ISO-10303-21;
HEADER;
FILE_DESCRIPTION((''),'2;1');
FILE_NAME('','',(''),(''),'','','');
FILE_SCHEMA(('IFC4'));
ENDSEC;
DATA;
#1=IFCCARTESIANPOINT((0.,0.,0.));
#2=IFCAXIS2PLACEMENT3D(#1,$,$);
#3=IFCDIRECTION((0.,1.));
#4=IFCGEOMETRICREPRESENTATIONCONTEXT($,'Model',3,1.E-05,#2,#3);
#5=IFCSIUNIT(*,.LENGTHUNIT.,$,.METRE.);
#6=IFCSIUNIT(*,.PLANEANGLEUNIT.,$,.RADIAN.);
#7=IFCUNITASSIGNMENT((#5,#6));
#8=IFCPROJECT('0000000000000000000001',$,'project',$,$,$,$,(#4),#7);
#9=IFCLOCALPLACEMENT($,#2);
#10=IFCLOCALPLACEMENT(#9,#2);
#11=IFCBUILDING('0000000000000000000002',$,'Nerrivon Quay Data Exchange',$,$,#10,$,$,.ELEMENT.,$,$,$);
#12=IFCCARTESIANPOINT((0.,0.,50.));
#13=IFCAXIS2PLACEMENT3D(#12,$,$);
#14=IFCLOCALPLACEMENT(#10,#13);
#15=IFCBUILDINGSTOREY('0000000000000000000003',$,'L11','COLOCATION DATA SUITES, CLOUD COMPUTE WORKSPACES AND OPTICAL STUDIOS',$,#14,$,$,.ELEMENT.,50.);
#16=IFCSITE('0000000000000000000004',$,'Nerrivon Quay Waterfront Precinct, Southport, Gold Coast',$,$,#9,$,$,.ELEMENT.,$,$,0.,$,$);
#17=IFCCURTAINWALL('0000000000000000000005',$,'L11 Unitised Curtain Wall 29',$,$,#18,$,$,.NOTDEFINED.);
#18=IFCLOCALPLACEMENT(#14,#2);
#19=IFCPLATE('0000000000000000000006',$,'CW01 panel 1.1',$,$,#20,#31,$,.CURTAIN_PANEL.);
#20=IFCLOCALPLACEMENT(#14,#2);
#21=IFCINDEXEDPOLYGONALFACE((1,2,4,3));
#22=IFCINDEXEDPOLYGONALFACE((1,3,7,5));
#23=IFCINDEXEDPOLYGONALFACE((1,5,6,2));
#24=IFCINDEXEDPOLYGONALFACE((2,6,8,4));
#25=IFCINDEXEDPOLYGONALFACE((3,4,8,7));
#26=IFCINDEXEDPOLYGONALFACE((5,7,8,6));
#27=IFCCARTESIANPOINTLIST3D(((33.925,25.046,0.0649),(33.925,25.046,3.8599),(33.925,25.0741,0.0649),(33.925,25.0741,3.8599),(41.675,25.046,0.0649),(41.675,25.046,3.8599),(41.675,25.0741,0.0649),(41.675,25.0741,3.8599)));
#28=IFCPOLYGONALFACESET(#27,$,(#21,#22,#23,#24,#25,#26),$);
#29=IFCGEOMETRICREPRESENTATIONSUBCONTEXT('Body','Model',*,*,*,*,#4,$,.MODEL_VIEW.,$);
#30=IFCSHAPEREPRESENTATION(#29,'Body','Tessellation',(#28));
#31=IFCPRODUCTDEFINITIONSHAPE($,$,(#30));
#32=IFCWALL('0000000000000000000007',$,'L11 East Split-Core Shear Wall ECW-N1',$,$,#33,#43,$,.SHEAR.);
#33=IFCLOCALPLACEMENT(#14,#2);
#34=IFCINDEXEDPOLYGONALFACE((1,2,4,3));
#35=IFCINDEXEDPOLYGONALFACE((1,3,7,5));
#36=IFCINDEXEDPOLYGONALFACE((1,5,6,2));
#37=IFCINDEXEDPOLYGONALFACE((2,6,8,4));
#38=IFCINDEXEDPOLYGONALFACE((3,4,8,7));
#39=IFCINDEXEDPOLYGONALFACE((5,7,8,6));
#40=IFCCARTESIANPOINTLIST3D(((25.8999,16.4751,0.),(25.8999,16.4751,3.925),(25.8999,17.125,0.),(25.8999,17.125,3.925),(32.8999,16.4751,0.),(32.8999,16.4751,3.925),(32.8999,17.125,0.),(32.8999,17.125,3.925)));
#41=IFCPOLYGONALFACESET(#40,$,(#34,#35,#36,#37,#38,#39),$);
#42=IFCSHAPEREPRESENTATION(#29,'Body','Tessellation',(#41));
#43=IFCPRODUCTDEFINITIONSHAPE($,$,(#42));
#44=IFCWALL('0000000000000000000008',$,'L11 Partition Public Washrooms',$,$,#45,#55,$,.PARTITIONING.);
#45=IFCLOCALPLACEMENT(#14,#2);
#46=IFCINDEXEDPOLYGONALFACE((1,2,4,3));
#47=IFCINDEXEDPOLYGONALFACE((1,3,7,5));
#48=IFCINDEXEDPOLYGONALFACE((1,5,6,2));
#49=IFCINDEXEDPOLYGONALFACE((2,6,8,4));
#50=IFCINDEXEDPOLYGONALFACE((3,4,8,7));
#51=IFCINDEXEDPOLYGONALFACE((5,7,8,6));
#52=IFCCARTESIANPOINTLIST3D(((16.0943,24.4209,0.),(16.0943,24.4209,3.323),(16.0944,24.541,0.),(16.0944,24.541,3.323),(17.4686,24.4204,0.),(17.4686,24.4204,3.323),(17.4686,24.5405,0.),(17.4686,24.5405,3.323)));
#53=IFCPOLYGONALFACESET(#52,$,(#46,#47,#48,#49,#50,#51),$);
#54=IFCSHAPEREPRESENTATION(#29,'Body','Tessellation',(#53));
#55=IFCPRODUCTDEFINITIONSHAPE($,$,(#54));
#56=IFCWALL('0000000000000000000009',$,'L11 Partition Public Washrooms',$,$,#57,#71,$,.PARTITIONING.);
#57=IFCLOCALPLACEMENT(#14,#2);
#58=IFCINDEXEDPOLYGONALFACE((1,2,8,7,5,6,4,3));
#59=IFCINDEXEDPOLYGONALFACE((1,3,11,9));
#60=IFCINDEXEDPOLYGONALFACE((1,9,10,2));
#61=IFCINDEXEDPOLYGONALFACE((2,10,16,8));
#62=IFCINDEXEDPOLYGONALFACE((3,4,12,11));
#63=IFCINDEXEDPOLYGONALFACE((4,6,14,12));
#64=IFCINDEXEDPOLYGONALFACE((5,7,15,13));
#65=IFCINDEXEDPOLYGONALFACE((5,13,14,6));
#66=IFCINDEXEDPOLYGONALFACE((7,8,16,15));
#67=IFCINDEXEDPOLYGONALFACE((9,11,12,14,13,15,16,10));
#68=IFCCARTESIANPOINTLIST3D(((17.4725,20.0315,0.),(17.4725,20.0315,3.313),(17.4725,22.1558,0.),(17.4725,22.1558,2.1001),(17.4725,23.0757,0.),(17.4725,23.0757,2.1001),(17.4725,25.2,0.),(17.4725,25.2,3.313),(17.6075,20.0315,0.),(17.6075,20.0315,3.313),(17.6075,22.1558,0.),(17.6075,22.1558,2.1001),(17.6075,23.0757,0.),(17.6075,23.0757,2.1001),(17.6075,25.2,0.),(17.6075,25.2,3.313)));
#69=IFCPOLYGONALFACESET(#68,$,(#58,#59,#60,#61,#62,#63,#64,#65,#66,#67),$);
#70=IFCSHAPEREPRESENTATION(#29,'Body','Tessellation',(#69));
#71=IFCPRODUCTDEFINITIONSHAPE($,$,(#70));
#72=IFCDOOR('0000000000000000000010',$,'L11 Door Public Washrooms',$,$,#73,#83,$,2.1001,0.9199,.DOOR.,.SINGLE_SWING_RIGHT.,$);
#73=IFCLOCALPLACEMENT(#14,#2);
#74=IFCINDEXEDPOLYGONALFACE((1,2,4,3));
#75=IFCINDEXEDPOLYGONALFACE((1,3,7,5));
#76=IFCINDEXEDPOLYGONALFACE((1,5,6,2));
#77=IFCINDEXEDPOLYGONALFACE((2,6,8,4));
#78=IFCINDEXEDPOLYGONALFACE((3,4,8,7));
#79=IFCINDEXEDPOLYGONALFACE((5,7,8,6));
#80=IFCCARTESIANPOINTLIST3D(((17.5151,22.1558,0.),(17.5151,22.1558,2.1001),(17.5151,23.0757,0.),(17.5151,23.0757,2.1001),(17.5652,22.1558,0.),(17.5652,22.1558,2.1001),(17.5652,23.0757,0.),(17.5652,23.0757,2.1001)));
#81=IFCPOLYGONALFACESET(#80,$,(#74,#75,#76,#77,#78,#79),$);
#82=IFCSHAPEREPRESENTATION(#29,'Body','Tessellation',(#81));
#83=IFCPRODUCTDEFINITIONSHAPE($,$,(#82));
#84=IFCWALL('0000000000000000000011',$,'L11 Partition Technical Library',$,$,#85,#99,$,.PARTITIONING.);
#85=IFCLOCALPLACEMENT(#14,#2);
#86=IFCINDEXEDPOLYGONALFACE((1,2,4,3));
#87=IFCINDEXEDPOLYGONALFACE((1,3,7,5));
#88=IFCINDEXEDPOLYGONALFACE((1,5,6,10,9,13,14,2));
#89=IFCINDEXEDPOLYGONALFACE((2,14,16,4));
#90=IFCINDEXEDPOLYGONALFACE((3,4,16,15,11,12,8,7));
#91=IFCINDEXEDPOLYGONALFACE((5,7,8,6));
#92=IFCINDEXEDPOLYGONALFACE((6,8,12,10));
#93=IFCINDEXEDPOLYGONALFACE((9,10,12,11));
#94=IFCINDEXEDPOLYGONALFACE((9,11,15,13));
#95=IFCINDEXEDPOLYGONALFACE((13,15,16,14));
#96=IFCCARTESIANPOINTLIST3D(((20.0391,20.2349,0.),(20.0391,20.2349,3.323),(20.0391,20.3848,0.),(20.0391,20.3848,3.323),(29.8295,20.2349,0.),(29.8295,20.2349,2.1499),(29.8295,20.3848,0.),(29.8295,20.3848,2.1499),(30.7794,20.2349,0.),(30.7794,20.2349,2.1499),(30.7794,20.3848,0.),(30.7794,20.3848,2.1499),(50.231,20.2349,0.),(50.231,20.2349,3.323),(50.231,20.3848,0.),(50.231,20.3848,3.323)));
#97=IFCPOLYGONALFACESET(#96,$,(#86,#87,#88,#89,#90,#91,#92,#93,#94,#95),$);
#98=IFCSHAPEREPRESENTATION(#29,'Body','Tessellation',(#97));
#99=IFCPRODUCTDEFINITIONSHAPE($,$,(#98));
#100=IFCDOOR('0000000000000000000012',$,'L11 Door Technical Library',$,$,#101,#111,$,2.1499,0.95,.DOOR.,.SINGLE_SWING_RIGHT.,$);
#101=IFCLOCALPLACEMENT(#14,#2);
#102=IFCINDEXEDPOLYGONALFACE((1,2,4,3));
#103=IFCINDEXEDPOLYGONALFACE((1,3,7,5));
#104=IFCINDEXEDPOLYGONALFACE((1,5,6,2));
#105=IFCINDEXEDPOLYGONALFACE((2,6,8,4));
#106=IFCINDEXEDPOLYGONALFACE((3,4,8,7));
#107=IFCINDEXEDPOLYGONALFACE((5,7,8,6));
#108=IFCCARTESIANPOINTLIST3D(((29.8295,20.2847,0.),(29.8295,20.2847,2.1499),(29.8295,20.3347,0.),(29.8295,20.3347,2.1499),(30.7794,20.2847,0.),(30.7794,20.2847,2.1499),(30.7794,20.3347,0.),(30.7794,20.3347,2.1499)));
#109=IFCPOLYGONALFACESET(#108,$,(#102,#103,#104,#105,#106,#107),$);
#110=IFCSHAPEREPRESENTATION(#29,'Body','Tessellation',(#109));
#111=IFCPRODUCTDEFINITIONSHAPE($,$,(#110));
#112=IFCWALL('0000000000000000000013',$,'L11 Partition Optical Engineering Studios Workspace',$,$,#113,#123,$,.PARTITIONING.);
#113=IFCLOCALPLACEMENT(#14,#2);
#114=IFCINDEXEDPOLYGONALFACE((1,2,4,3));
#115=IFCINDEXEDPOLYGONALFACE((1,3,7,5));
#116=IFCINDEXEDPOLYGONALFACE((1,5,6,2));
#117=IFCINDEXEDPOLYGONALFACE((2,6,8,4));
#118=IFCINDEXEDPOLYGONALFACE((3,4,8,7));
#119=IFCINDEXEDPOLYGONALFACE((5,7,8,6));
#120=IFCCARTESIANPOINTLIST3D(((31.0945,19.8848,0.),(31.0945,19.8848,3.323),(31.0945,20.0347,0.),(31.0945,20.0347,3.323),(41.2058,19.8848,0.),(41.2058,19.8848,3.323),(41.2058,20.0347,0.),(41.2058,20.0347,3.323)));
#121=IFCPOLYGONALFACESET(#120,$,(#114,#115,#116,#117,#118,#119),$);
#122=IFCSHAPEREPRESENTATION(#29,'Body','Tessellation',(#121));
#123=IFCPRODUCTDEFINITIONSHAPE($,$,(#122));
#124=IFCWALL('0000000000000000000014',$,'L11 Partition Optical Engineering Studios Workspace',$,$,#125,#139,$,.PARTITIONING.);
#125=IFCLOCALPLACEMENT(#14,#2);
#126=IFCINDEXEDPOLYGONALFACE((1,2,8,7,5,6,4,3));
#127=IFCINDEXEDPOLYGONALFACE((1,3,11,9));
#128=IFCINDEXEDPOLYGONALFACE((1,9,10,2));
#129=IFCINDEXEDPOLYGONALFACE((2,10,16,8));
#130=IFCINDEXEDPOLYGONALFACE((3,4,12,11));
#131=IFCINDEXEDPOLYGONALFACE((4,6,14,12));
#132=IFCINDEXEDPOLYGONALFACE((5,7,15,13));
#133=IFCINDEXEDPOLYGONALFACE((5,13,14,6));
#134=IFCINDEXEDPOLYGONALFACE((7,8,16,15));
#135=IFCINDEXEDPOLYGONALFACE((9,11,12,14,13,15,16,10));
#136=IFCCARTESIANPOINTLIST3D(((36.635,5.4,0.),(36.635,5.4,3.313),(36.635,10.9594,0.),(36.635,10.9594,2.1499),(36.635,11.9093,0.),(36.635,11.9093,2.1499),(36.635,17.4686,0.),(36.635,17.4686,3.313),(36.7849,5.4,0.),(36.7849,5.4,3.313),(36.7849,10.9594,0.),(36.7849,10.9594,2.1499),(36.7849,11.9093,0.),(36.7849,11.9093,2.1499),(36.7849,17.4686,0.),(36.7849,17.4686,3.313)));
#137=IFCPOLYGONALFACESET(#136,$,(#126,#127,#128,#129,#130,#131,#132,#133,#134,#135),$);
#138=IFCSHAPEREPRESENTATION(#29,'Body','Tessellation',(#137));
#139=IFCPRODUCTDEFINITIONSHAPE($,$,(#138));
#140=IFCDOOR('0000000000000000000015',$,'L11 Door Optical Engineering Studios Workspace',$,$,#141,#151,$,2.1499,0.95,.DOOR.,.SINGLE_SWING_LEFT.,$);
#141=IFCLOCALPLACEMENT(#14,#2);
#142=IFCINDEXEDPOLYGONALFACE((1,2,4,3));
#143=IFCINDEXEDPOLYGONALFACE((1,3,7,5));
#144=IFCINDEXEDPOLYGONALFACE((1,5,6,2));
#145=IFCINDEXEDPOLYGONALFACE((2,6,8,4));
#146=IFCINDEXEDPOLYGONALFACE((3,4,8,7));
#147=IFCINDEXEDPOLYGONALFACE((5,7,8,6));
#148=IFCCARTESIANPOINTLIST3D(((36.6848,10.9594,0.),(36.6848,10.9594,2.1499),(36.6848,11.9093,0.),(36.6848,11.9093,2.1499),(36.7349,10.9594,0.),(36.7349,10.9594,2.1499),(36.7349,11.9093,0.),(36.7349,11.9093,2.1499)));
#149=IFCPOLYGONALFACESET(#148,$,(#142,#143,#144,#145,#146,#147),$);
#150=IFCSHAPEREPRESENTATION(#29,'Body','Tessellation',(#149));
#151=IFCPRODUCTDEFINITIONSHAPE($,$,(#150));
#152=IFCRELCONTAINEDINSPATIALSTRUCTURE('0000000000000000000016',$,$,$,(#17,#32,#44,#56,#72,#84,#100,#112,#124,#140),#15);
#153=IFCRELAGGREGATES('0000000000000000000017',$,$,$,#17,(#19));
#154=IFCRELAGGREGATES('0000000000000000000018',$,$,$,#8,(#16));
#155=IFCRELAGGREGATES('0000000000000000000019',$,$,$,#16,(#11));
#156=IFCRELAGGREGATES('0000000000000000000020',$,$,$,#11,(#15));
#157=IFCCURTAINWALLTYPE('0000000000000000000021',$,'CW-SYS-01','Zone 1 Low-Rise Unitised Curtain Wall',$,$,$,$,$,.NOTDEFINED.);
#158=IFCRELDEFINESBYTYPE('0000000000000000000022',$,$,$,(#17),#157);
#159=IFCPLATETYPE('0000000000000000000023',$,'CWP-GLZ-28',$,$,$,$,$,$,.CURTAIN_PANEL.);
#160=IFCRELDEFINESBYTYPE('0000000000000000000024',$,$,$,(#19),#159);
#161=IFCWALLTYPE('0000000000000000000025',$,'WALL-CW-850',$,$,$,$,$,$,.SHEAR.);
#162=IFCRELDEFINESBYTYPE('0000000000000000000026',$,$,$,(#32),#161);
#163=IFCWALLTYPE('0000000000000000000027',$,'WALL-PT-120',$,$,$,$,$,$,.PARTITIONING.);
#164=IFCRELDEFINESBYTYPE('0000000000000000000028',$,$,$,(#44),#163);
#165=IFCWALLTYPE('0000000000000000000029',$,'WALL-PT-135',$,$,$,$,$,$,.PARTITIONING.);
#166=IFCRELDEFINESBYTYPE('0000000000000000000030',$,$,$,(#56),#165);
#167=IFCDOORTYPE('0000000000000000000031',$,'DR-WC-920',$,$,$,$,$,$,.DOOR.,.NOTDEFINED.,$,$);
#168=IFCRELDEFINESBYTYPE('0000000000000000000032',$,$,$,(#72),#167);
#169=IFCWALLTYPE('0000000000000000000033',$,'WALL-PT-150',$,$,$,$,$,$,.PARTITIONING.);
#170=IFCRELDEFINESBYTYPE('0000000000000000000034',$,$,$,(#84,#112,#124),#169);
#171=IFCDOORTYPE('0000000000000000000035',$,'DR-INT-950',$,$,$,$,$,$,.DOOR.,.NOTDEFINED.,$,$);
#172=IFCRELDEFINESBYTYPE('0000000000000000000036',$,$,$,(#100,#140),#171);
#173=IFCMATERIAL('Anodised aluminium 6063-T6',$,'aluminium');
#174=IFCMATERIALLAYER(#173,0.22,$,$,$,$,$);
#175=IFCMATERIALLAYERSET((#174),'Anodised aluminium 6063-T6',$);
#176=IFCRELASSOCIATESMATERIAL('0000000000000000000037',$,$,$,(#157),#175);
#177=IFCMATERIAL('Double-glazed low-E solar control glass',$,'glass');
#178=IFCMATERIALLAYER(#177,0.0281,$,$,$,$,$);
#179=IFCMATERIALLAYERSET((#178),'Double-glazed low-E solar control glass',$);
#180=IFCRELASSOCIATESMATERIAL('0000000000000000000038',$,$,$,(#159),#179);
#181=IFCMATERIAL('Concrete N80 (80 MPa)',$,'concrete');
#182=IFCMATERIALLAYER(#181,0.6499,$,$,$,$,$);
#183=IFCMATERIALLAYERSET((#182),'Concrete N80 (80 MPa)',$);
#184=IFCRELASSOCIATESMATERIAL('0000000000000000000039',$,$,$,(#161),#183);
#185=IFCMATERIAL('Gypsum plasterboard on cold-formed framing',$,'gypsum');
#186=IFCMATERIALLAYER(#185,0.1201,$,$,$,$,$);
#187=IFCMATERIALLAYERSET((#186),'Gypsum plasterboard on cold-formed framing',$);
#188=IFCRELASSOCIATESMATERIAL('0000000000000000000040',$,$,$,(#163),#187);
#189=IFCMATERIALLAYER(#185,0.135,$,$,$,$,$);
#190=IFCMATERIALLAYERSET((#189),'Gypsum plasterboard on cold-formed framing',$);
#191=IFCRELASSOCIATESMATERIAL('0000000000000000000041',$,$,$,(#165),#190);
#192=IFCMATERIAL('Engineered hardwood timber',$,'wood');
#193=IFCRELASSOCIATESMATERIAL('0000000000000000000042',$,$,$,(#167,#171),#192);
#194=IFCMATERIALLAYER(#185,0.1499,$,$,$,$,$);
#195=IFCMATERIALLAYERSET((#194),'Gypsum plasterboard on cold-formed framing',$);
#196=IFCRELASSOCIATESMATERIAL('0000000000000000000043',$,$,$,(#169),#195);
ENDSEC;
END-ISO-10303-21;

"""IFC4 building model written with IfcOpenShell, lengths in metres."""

from ifc_helpers import new_model, si_unit, direction, frame, frame_2d, origin, origin_2d, place, context, subcontext, project, spatial, rectangle, extrude, material, layer, layer_set, type_object, element, fill, aggregate, save


model = new_model("IFC4")

# Units and contexts
model_context = context("Model", 3, precision=1e-05, world=origin(), true_north=direction((0.0, 1.0)))
body_context = subcontext(model_context, "Body", "Model", "MODEL_VIEW")
ifc_project = project(units=[si_unit("LENGTHUNIT", "METRE"), si_unit("PLANEANGLEUNIT", "RADIAN")], contexts=[model_context])

# Site, building, storey
site_placement = place(None, origin())
site = spatial("IfcSite", under=ifc_project, at=site_placement, Name="Nerrivon Quay Waterfront Precinct, Southport, Gold Coast", CompositionType="ELEMENT", RefElevation=0.0)
building_placement = place(site_placement, origin())
building = spatial("IfcBuilding", under=site, at=building_placement, Name="Nerrivon Quay Data Exchange", CompositionType="ELEMENT")
storey_placement = place(building_placement, frame((0.0, 0.0, 50.0)))
storey = spatial("IfcBuildingStorey", under=building, at=storey_placement, Name="L11", Description="COLOCATION DATA SUITES, CLOUD COMPUTE WORKSPACES AND OPTICAL STUDIOS", CompositionType="ELEMENT", Elevation=50.0)

# Shared definitions
ifc_material_1 = material(Name="Concrete N80 (80 MPa)", Category="concrete")

# Shared definitions
ifc_material_2 = material(Name="Anodised aluminium 6063-T6", Category="aluminium")
ifc_layer_1 = layer(ifc_material_2, 0.22)
ifc_layer_set_1 = layer_set([ifc_layer_1], Name="Anodised aluminium 6063-T6")
curtain_wall_type = type_object("IfcCurtainWallType", Name="CW-SYS-01", Description="Zone 1 Low-Rise Unitised Curtain Wall", PredefinedType="NOTDEFINED", material=ifc_layer_set_1)

# Curtain wall
curtain_wall_1_placement = place(storey_placement, origin())
curtain_wall_1 = element("IfcCurtainWall", 1, at=curtain_wall_1_placement, inside=storey, type_object=curtain_wall_type, Name="L11 Unitised Curtain Wall 29", PredefinedType="NOTDEFINED")

# Plate
ifc_material_3 = material(Name="Double-glazed low-E solar control glass", Category="glass")
ifc_layer_2 = layer(ifc_material_3, 0.0281)
ifc_layer_set_2 = layer_set([ifc_layer_2], Name="Double-glazed low-E solar control glass")
plate_type = type_object("IfcPlateType", Name="CWP-GLZ-28", PredefinedType="CURTAIN_PANEL", material=ifc_layer_set_2)
plate_1_placement = place(storey_placement, frame((37.8, 25.0601, 0.0649), z_axis=(0.0, 0.0, 1.0), x_axis=(1.0, 0.0, 0.0)))
plate_1 = element("IfcPlate", 2, at=plate_1_placement, type_object=plate_type, Name="CW01 panel 1.1", PredefinedType="CURTAIN_PANEL", context=body_context, shape_type="SweptSolid", body=[
    extrude(rectangle(XDim=7.75, YDim=0.0281, at=origin_2d()), origin(), (0.0, 0.0, 1.0), 3.7949),
])
aggregate(curtain_wall_1, [plate_1])

# Walls
ifc_layer_3 = layer(ifc_material_1, 0.6499)
ifc_layer_set_3 = layer_set([ifc_layer_3], Name="Concrete N80 (80 MPa)")
wall_type_1 = type_object("IfcWallType", Name="WALL-CW-850", PredefinedType="SHEAR", material=ifc_layer_set_3)
wall_1_placement = place(storey_placement, frame((25.8999, 16.8, 0.0), z_axis=(0.0, 0.0, 1.0), x_axis=(1.0, 0.0, 0.0)))
element("IfcWall", 3, at=wall_1_placement, inside=storey, type_object=wall_type_1, Name="L11 East Split-Core Shear Wall ECW-N1", PredefinedType="SHEAR", context=body_context, shape_type="SweptSolid", body=[
    extrude(rectangle(XDim=7.0, YDim=0.6499, at=frame_2d((3.5, 0.0))), origin(), (0.0, 0.0, 1.0), 3.925),
])
ifc_material_4 = material(Name="Gypsum plasterboard on cold-formed framing", Category="gypsum")
ifc_layer_4 = layer(ifc_material_4, 0.1201)
ifc_layer_set_4 = layer_set([ifc_layer_4], Name="Gypsum plasterboard on cold-formed framing")
wall_type_2 = type_object("IfcWallType", Name="WALL-PT-120", PredefinedType="PARTITIONING", material=ifc_layer_set_4)
wall_2_placement = place(storey_placement, frame((17.4685, 24.4805, 0.0), z_axis=(0.0, 0.0, 1.0), x_axis=(-1.0, 0.000355, 0.0)))
element("IfcWall", 4, at=wall_2_placement, inside=storey, type_object=wall_type_2, Name="L11 Partition Public Washrooms", PredefinedType="PARTITIONING", context=body_context, shape_type="SweptSolid", body=[
    extrude(rectangle(XDim=1.3743, YDim=0.1201, at=frame_2d((0.687, 0.0))), origin(), (0.0, 0.0, 1.0), 3.323),
])

# Walls, openings, doors
ifc_layer_5 = layer(ifc_material_4, 0.135)
ifc_layer_set_5 = layer_set([ifc_layer_5], Name="Gypsum plasterboard on cold-formed framing")
wall_type_3 = type_object("IfcWallType", Name="WALL-PT-135", PredefinedType="PARTITIONING", material=ifc_layer_set_5)
wall_3_placement = place(storey_placement, frame((17.54, 20.0315, 0.0), z_axis=(0.0, 0.0, 1.0), x_axis=(0.0, 1.0, 0.0)))
wall_3 = element("IfcWall", 5, at=wall_3_placement, inside=storey, type_object=wall_type_3, Name="L11 Partition Public Washrooms", PredefinedType="PARTITIONING", context=body_context, shape_type="SweptSolid", body=[
    extrude(rectangle(XDim=5.1685, YDim=0.135, at=frame_2d((2.5842, 0.0))), origin(), (0.0, 0.0, 1.0), 3.313),
])
opening_1_placement = place(wall_3_placement, frame((2.1243, 0.0, 0.0)))
opening_1 = element("IfcOpeningElement", 6, at=opening_1_placement, cuts=wall_3, PredefinedType="OPENING", context=body_context, shape_type="SweptSolid", body=[
    extrude(rectangle(XDim=0.9199, YDim=2.1001, at=frame_2d((0.46, 1.05))), frame((0.0, 0.0774, 0.0), z_axis=(0.0, -1.0, 0.0), x_axis=(1.0, 0.0, 0.0)), (0.0, 0.0, 1.0), 0.155),
])
ifc_material_5 = material(Name="Engineered hardwood timber", Category="wood")
door_type_1 = type_object("IfcDoorType", Name="DR-WC-920", OperationType="NOTDEFINED", PredefinedType="DOOR", material=ifc_material_5)
door_1_placement = place(opening_1_placement, origin())
door_1 = element("IfcDoor", 7, at=door_1_placement, inside=storey, type_object=door_type_1, Name="L11 Door Public Washrooms", OperationType="SINGLE_SWING_RIGHT", OverallHeight=2.1001, OverallWidth=0.9199, PredefinedType="DOOR", context=body_context, shape_type="SweptSolid", body=[
    extrude(rectangle(XDim=0.9199, YDim=2.1001, at=frame_2d((0.46, 1.05))), frame((0.0, 0.0249, 0.0), z_axis=(0.0, -1.0, 0.0), x_axis=(1.0, 0.0, 0.0)), (0.0, 0.0, 1.0), 0.05),
])
fill(opening_1, door_1)
ifc_layer_6 = layer(ifc_material_4, 0.1499)
ifc_layer_set_6 = layer_set([ifc_layer_6], Name="Gypsum plasterboard on cold-formed framing")
wall_type_4 = type_object("IfcWallType", Name="WALL-PT-150", PredefinedType="PARTITIONING", material=ifc_layer_set_6)
wall_4_placement = place(storey_placement, frame((20.0391, 20.3098, 0.0), z_axis=(0.0, 0.0, 1.0), x_axis=(1.0, 0.0, 0.0)))
wall_4 = element("IfcWall", 8, at=wall_4_placement, inside=storey, type_object=wall_type_4, Name="L11 Partition Technical Library", PredefinedType="PARTITIONING", context=body_context, shape_type="SweptSolid", body=[
    extrude(rectangle(XDim=30.1919, YDim=0.1499, at=frame_2d((15.0959, 0.0))), origin(), (0.0, 0.0, 1.0), 3.323),
])
opening_2_placement = place(wall_4_placement, frame((9.7903, 0.0, 0.0)))
opening_2 = element("IfcOpeningElement", 9, at=opening_2_placement, cuts=wall_4, PredefinedType="OPENING", context=body_context, shape_type="SweptSolid", body=[
    extrude(rectangle(XDim=0.95, YDim=2.1499, at=frame_2d((0.4751, 1.075))), frame((0.0, 0.085, 0.0), z_axis=(0.0, -1.0, 0.0), x_axis=(1.0, 0.0, 0.0)), (0.0, 0.0, 1.0), 0.1699),
])
door_type_2 = type_object("IfcDoorType", Name="DR-INT-950", OperationType="NOTDEFINED", PredefinedType="DOOR", material=ifc_material_5)
door_2_placement = place(opening_2_placement, origin())
door_2 = element("IfcDoor", 10, at=door_2_placement, inside=storey, type_object=door_type_2, Name="L11 Door Technical Library", OperationType="SINGLE_SWING_RIGHT", OverallHeight=2.1499, OverallWidth=0.95, PredefinedType="DOOR", context=body_context, shape_type="SweptSolid", body=[
    extrude(rectangle(XDim=0.95, YDim=2.1499, at=frame_2d((0.4751, 1.075))), frame((0.0, 0.0249, 0.0), z_axis=(0.0, -1.0, 0.0), x_axis=(1.0, 0.0, 0.0)), (0.0, 0.0, 1.0), 0.05),
])
fill(opening_2, door_2)

# Wall
wall_5_placement = place(storey_placement, frame((31.0945, 19.9597, 0.0), z_axis=(0.0, 0.0, 1.0), x_axis=(1.0, 0.0, 0.0)))
element("IfcWall", 11, at=wall_5_placement, inside=storey, type_object=wall_type_4, Name="L11 Partition Optical Engineering Studios Workspace", PredefinedType="PARTITIONING", context=body_context, shape_type="SweptSolid", body=[
    extrude(rectangle(XDim=10.1113, YDim=0.1499, at=frame_2d((5.0557, 0.0))), origin(), (0.0, 0.0, 1.0), 3.323),
])

# Wall, opening, door
wall_6_placement = place(storey_placement, frame((36.71, 17.4685, 0.0), z_axis=(0.0, 0.0, 1.0), x_axis=(0.0, -1.0, 0.0)))
wall_6 = element("IfcWall", 12, at=wall_6_placement, inside=storey, type_object=wall_type_4, Name="L11 Partition Optical Engineering Studios Workspace", PredefinedType="PARTITIONING", context=body_context, shape_type="SweptSolid", body=[
    extrude(rectangle(XDim=12.0686, YDim=0.1499, at=frame_2d((6.0342, 0.0))), origin(), (0.0, 0.0, 1.0), 3.313),
])
opening_3_placement = place(wall_6_placement, frame((5.5591, 0.0, 0.0)))
opening_3 = element("IfcOpeningElement", 13, at=opening_3_placement, cuts=wall_6, PredefinedType="OPENING", context=body_context, shape_type="SweptSolid", body=[
    extrude(rectangle(XDim=0.95, YDim=2.1499, at=frame_2d((0.4751, 1.075))), frame((0.0, 0.085, 0.0), z_axis=(0.0, -1.0, 0.0), x_axis=(1.0, 0.0, 0.0)), (0.0, 0.0, 1.0), 0.1699),
])
door_3_placement = place(opening_3_placement, origin())
door_3 = element("IfcDoor", 14, at=door_3_placement, inside=storey, type_object=door_type_2, Name="L11 Door Optical Engineering Studios Workspace", OperationType="SINGLE_SWING_LEFT", OverallHeight=2.1499, OverallWidth=0.95, PredefinedType="DOOR", context=body_context, shape_type="SweptSolid", body=[
    extrude(rectangle(XDim=0.95, YDim=2.1499, at=frame_2d((0.4751, 1.075))), frame((0.0, 0.0249, 0.0), z_axis=(0.0, -1.0, 0.0), x_axis=(1.0, 0.0, 0.0)), (0.0, 0.0, 1.0), 0.05),
])
fill(opening_3, door_3)

save(model, "model.ifc")
